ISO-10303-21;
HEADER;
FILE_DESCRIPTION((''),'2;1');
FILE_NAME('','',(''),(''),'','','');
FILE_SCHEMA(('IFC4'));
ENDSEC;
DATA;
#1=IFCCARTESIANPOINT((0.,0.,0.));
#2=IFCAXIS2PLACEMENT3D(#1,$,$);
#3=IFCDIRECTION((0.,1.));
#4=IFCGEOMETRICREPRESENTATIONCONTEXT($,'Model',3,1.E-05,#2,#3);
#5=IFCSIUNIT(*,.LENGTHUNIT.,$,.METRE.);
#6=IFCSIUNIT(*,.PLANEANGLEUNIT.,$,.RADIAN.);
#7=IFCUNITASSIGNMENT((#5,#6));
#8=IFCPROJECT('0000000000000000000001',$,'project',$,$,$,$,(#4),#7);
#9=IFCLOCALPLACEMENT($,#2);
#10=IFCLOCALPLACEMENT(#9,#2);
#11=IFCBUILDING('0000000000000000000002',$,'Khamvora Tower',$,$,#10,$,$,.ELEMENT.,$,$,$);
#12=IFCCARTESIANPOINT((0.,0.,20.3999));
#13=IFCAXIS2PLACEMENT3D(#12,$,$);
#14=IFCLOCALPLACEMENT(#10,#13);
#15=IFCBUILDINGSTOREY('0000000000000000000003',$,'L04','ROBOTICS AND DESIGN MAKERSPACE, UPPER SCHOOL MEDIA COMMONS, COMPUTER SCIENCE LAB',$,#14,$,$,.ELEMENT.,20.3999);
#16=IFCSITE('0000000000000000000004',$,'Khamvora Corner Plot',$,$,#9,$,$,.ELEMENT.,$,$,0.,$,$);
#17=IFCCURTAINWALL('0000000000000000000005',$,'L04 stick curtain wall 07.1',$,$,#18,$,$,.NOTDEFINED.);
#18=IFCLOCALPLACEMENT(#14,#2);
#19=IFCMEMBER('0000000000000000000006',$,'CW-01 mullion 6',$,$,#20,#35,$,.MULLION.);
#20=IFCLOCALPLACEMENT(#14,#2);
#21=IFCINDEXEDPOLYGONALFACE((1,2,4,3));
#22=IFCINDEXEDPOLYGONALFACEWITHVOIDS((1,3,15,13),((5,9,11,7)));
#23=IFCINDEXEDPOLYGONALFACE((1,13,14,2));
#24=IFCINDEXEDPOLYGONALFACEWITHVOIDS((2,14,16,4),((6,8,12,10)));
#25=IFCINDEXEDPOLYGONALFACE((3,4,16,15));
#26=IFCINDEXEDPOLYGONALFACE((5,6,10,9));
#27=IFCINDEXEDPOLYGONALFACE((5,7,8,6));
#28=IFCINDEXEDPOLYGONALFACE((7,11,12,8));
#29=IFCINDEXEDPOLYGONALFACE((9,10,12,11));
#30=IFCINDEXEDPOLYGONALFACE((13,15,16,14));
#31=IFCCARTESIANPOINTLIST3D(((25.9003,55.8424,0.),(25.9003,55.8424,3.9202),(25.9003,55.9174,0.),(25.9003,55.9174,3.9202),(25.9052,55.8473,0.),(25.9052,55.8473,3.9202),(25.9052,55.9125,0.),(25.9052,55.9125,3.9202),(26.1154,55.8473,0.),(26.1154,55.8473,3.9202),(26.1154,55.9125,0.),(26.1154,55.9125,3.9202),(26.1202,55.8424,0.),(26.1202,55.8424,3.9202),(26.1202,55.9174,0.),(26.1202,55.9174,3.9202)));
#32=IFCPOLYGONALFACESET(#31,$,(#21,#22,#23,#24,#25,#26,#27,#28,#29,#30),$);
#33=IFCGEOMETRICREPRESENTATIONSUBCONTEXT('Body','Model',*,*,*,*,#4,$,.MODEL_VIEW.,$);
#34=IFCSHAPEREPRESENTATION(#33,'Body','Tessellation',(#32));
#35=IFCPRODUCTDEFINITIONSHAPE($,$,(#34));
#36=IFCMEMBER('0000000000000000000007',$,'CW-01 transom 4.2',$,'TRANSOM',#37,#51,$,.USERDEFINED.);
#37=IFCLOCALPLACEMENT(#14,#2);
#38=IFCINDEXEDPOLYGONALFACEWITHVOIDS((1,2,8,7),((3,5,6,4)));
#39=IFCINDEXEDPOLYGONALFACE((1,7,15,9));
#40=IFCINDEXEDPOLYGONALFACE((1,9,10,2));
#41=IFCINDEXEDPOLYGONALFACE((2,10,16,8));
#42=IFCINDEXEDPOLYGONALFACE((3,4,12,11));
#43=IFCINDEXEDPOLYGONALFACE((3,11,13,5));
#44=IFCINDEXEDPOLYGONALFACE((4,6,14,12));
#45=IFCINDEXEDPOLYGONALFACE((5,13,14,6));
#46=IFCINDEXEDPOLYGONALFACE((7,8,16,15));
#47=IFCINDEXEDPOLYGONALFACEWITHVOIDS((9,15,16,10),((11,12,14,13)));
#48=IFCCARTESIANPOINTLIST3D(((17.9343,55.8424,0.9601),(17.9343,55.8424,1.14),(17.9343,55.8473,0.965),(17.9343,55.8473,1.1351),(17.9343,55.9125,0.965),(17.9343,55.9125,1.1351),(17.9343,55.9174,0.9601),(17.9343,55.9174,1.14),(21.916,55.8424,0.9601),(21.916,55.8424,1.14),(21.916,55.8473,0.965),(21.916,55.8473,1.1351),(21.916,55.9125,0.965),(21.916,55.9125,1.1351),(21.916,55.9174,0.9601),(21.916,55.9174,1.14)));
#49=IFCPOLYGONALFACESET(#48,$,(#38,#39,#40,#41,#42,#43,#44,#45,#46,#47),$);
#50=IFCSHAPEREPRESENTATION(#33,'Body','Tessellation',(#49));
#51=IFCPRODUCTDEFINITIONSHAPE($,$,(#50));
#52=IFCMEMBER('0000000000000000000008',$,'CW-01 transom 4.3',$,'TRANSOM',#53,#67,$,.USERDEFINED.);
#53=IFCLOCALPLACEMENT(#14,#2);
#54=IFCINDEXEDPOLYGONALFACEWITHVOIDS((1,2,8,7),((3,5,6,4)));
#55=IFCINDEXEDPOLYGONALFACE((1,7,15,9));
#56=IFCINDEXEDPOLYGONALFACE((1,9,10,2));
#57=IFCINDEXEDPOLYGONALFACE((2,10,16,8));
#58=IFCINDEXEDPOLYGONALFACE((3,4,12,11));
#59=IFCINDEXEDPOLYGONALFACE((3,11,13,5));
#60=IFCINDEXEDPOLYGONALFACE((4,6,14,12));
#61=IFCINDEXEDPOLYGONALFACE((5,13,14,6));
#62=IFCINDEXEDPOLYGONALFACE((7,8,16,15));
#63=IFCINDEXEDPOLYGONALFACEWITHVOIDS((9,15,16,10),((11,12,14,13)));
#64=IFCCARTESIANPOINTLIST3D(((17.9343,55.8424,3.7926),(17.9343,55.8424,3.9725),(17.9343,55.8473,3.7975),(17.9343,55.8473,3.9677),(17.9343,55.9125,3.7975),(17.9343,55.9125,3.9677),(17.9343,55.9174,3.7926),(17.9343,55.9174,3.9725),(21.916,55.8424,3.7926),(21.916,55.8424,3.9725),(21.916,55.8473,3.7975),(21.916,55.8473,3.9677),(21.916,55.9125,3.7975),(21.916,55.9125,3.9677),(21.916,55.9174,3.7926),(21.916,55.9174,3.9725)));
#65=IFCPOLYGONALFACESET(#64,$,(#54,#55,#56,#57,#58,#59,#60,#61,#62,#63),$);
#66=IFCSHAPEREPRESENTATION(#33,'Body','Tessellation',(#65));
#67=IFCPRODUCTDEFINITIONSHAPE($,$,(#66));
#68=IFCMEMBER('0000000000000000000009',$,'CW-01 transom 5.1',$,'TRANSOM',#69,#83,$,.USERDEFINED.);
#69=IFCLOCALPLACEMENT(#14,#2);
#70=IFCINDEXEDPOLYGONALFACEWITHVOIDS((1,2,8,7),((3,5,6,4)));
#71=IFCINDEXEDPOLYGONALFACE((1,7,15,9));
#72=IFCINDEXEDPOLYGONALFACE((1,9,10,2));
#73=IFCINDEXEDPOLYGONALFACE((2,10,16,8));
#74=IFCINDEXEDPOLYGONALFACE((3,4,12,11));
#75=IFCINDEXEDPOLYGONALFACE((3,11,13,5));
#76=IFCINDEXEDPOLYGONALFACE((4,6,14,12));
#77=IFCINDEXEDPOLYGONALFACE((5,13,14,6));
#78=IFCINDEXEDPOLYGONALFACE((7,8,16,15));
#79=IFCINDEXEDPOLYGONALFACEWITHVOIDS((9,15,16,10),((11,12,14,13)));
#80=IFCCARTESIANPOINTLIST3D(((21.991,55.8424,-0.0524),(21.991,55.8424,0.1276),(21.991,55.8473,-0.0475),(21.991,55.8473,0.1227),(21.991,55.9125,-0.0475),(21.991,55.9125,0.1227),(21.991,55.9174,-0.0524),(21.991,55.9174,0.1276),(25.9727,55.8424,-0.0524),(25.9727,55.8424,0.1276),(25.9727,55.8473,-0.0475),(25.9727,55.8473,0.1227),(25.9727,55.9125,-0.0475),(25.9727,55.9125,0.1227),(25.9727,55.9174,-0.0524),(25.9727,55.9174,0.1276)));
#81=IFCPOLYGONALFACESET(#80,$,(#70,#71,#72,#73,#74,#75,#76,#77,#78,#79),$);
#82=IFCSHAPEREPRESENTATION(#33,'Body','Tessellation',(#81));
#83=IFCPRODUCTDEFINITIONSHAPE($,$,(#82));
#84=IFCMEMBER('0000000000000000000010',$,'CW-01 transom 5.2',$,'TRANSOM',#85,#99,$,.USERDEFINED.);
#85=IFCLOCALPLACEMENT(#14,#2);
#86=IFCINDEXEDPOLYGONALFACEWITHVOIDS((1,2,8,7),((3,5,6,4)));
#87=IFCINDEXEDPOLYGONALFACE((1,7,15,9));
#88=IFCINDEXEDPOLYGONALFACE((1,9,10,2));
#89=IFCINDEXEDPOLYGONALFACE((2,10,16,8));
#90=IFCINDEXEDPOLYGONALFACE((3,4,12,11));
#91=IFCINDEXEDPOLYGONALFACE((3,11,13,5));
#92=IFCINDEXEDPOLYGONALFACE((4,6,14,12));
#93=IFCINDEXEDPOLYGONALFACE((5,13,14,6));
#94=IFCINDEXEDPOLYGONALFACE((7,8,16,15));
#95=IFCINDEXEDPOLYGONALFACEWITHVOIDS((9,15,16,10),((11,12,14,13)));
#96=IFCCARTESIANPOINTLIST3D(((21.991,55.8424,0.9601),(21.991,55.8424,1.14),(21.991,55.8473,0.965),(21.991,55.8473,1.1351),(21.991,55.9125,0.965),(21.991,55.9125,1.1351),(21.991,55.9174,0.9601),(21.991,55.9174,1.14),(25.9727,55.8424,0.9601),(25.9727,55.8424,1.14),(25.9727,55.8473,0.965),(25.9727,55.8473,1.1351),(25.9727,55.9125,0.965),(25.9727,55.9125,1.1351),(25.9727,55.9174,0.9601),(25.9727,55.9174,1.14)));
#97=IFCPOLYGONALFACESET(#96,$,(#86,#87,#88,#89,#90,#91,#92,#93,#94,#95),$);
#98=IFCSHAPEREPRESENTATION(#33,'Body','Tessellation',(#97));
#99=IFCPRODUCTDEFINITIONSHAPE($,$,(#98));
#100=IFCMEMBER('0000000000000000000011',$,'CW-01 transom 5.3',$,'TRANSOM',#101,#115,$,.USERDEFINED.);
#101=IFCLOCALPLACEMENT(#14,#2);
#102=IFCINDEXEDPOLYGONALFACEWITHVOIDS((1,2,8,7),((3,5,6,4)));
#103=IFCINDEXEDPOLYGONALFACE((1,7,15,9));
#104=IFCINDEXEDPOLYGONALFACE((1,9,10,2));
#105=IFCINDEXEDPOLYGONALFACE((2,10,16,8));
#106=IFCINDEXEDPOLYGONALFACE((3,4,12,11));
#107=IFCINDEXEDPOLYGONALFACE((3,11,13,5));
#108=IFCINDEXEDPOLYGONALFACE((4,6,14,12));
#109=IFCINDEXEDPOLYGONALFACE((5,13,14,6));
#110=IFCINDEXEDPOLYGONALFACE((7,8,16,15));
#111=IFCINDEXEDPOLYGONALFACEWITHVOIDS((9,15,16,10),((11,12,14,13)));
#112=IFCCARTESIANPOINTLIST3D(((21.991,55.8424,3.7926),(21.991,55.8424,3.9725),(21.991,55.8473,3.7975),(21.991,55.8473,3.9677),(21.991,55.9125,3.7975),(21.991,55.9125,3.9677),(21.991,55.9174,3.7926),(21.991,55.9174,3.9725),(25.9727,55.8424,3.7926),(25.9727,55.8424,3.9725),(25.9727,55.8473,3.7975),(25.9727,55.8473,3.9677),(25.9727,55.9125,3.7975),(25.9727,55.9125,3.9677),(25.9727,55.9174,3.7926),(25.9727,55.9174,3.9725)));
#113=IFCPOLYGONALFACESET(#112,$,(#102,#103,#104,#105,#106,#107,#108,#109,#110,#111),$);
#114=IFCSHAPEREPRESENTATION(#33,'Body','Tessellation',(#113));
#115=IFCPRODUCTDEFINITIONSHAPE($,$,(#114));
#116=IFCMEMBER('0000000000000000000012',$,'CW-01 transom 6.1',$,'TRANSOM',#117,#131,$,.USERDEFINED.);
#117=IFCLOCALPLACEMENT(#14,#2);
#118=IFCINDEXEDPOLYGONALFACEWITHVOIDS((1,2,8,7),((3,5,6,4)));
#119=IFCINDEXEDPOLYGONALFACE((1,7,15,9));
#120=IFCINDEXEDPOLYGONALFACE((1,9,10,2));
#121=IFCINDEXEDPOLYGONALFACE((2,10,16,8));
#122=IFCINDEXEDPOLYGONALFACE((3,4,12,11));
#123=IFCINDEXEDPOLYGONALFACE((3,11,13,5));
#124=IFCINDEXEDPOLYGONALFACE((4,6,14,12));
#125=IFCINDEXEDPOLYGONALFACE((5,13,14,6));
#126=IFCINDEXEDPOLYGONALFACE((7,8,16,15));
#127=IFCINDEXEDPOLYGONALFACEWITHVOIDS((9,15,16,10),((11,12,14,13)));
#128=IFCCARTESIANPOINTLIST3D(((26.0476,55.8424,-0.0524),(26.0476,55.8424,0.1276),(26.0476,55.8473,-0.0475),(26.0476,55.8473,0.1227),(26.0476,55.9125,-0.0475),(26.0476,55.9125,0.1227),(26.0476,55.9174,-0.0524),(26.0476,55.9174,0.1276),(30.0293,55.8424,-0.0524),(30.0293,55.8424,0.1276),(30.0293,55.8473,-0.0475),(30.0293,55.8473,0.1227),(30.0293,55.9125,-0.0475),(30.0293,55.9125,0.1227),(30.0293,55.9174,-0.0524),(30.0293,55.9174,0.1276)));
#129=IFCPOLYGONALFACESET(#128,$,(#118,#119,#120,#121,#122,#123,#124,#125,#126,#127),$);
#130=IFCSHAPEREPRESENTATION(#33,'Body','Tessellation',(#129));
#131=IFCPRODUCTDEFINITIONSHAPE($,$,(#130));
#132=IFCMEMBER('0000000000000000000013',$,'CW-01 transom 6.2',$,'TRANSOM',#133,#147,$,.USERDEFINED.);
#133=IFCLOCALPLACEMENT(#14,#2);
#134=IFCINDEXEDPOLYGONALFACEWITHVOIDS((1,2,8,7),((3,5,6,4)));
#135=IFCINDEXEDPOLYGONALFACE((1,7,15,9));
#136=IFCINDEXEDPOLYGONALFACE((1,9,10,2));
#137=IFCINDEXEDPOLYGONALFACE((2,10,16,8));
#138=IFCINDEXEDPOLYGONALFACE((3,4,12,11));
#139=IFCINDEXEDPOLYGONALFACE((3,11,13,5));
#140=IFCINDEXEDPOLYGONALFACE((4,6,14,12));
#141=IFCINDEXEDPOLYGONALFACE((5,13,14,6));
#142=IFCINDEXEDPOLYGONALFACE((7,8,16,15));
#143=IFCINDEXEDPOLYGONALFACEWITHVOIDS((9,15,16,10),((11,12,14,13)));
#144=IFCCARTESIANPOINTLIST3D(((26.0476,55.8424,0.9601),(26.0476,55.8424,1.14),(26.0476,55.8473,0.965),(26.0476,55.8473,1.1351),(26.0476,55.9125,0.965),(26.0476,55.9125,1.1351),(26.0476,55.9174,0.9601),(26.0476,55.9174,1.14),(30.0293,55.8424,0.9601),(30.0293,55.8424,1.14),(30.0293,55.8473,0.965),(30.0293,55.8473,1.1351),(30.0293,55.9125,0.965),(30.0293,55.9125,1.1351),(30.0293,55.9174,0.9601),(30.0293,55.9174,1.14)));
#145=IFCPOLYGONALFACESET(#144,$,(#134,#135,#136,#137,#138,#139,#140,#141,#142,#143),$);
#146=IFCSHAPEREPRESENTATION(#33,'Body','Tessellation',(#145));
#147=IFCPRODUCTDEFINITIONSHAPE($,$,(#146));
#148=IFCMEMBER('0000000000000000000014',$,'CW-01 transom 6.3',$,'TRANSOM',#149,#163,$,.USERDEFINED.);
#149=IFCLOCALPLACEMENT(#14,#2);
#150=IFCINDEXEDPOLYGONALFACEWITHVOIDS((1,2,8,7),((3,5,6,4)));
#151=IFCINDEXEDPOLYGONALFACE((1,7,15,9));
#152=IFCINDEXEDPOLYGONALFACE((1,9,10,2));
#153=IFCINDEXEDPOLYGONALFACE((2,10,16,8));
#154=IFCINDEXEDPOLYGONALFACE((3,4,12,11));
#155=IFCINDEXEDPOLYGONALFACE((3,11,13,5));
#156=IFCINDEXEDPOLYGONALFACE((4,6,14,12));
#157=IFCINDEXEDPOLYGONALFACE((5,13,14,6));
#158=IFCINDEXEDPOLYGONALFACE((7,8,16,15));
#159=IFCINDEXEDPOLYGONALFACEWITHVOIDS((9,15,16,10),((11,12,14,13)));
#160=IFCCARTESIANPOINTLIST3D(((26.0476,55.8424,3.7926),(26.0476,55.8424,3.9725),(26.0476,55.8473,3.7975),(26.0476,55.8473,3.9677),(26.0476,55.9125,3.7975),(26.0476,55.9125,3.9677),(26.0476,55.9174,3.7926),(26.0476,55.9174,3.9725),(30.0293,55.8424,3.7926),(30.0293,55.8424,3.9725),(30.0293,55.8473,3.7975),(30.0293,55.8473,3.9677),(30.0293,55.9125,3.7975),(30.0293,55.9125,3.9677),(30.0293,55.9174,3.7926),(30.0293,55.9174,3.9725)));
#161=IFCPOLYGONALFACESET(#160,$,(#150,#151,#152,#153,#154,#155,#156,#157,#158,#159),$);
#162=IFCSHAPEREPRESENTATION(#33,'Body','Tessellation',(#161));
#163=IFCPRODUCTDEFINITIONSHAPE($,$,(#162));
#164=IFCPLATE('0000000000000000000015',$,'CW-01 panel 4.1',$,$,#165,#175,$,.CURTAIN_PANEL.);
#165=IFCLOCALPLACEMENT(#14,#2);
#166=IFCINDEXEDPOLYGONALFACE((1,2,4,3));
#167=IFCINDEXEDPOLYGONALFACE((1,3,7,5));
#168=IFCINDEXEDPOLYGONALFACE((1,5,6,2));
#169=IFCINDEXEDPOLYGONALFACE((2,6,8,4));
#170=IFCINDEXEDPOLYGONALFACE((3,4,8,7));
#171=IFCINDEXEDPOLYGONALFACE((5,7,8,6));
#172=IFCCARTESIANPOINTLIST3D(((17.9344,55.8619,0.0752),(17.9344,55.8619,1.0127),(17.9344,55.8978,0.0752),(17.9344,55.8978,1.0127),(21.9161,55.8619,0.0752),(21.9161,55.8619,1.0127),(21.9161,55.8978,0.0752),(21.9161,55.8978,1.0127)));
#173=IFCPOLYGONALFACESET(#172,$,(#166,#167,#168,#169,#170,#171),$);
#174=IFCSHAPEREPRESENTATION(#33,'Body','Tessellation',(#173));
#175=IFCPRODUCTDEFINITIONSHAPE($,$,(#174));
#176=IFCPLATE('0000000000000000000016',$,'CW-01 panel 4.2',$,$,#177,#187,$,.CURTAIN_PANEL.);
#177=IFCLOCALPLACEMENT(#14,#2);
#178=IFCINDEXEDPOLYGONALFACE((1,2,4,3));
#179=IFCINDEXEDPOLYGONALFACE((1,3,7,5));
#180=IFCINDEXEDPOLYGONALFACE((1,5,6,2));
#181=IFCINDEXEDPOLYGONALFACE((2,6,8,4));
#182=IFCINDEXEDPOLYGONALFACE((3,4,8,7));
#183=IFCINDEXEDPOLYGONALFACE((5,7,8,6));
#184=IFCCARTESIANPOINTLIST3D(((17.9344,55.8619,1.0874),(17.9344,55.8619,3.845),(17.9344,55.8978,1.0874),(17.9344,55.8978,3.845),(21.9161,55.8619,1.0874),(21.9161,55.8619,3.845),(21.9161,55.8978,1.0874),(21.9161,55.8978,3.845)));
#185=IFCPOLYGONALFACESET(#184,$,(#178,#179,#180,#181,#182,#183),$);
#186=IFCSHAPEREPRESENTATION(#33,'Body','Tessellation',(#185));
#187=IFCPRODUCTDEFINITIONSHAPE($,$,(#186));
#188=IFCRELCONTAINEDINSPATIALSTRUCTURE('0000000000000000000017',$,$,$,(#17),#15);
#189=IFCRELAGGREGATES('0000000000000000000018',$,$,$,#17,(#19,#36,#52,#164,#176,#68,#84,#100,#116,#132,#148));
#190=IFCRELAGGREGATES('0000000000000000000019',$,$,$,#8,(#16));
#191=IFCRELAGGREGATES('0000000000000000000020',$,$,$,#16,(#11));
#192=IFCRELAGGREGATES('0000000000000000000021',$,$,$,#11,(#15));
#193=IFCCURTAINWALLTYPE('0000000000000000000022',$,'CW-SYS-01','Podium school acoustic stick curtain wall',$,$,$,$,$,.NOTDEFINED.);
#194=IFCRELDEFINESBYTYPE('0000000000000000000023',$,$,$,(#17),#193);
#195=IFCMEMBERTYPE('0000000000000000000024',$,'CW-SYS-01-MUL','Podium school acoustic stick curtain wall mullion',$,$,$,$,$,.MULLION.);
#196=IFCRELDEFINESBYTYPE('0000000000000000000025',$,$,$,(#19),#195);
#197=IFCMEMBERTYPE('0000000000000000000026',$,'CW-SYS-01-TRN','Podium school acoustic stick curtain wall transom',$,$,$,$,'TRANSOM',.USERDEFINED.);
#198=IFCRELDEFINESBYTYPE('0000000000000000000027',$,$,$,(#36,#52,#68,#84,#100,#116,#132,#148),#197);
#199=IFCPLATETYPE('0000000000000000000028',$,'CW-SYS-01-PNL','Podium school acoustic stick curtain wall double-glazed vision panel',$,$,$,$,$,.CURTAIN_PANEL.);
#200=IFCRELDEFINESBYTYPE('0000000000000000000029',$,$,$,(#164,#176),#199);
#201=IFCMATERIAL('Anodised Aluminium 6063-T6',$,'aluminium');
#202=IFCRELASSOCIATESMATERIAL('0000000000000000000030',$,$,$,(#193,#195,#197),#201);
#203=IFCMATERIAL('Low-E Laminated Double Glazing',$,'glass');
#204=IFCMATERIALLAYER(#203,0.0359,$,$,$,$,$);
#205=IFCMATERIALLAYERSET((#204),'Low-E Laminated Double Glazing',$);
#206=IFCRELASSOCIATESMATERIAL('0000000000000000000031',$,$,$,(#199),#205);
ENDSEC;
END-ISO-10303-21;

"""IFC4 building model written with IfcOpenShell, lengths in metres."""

from ifc_helpers import new_model, si_unit, direction, frame, origin, origin_2d, place, context, subcontext, project, spatial, rectangle, hollow_rectangle, extrude, material, layer, layer_set, material_profile, profile_set, type_object, element, aggregate, save


model = new_model("IFC4")

# Units and contexts
model_context = context("Model", 3, precision=1e-05, world=origin(), true_north=direction((0.0, 1.0)))
body_context = subcontext(model_context, "Body", "Model", "MODEL_VIEW")
ifc_project = project(units=[si_unit("LENGTHUNIT", "METRE"), si_unit("PLANEANGLEUNIT", "RADIAN")], contexts=[model_context])

# Site, building, storey
site_placement = place(None, origin())
site = spatial("IfcSite", under=ifc_project, at=site_placement, Name="Khamvora Corner Plot", CompositionType="ELEMENT", RefElevation=0.0)
building_placement = place(site_placement, origin())
building = spatial("IfcBuilding", under=site, at=building_placement, Name="Khamvora Tower", CompositionType="ELEMENT")
storey_placement = place(building_placement, frame((0.0, 0.0, 20.3999)))
storey = spatial("IfcBuildingStorey", under=building, at=storey_placement, Name="L04", Description="ROBOTICS AND DESIGN MAKERSPACE, UPPER SCHOOL MEDIA COMMONS, COMPUTER SCIENCE LAB", CompositionType="ELEMENT", Elevation=20.3999)

# Curtain wall, members, plates
ifc_material_1 = material(Name="Anodised Aluminium 6063-T6", Category="aluminium")
curtain_wall_type = type_object("IfcCurtainWallType", Name="CW-SYS-01", Description="Podium school acoustic stick curtain wall", PredefinedType="NOTDEFINED", material=ifc_material_1)
curtain_wall_placement = place(storey_placement, origin())
curtain_wall = element("IfcCurtainWall", 1, at=curtain_wall_placement, inside=storey, type_object=curtain_wall_type, Name="L04 stick curtain wall 07.1", PredefinedType="NOTDEFINED")
ifc_material_profile_1 = material_profile(ifc_material_1, hollow_rectangle(XDim=0.075, YDim=0.22, WallThickness=0.0049, at=origin_2d()), Name="MUL75x220x5")
ifc_profile_set_1 = profile_set([ifc_material_profile_1], Name="Anodised Aluminium 6063-T6")
member_type_1 = type_object("IfcMemberType", Name="CW-SYS-01-MUL", Description="Podium school acoustic stick curtain wall mullion", PredefinedType="MULLION", material=ifc_profile_set_1)
member_1_placement = place(storey_placement, frame((26.0103, 55.8799, 0.0), z_axis=(0.0, 0.0, 1.0), x_axis=(0.0, 1.0, 0.0)))
member_1 = element("IfcMember", 2, at=member_1_placement, type_object=member_type_1, Name="CW-01 mullion 6", PredefinedType="MULLION", context=body_context, shape_type="SweptSolid", body=[
    extrude(hollow_rectangle(XDim=0.075, YDim=0.22, WallThickness=0.0049, at=origin_2d()), origin(), (0.0, 0.0, 1.0), 3.9202),
])
ifc_material_profile_2 = material_profile(ifc_material_1, hollow_rectangle(XDim=0.075, YDim=0.1799, WallThickness=0.0049, at=origin_2d()), Name="TRN75x180x5")
ifc_profile_set_2 = profile_set([ifc_material_profile_2], Name="Anodised Aluminium 6063-T6")
member_type_2 = type_object("IfcMemberType", Name="CW-SYS-01-TRN", Description="Podium school acoustic stick curtain wall transom", ElementType="TRANSOM", PredefinedType="USERDEFINED", material=ifc_profile_set_2)
member_2_placement = place(storey_placement, frame((17.9343, 55.8799, 1.05), z_axis=(1.0, 0.0, 0.0), x_axis=(0.0, 1.0, 0.0)))
member_2 = element("IfcMember", 3, at=member_2_placement, type_object=member_type_2, Name="CW-01 transom 4.2", ObjectType="TRANSOM", PredefinedType="USERDEFINED", context=body_context, shape_type="SweptSolid", body=[
    extrude(hollow_rectangle(XDim=0.075, YDim=0.1799, WallThickness=0.0049, at=origin_2d()), origin(), (0.0, 0.0, 1.0), 3.9817),
])
member_3_placement = place(storey_placement, frame((17.9343, 55.8799, 3.8826), z_axis=(1.0, 0.0, 0.0), x_axis=(0.0, 1.0, 0.0)))
member_3 = element("IfcMember", 4, at=member_3_placement, type_object=member_type_2, Name="CW-01 transom 4.3", ObjectType="TRANSOM", PredefinedType="USERDEFINED", context=body_context, shape_type="SweptSolid", body=[
    extrude(hollow_rectangle(XDim=0.075, YDim=0.1799, WallThickness=0.0049, at=origin_2d()), origin(), (0.0, 0.0, 1.0), 3.9817),
])
member_4_placement = place(storey_placement, frame((21.991, 55.8799, 0.0376), z_axis=(1.0, 0.0, 0.0), x_axis=(0.0, 1.0, 0.0)))
member_4 = element("IfcMember", 5, at=member_4_placement, type_object=member_type_2, Name="CW-01 transom 5.1", ObjectType="TRANSOM", PredefinedType="USERDEFINED", context=body_context, shape_type="SweptSolid", body=[
    extrude(hollow_rectangle(XDim=0.075, YDim=0.1799, WallThickness=0.0049, at=origin_2d()), origin(), (0.0, 0.0, 1.0), 3.9817),
])
member_5_placement = place(storey_placement, frame((21.991, 55.8799, 1.05), z_axis=(1.0, 0.0, 0.0), x_axis=(0.0, 1.0, 0.0)))
member_5 = element("IfcMember", 6, at=member_5_placement, type_object=member_type_2, Name="CW-01 transom 5.2", ObjectType="TRANSOM", PredefinedType="USERDEFINED", context=body_context, shape_type="SweptSolid", body=[
    extrude(hollow_rectangle(XDim=0.075, YDim=0.1799, WallThickness=0.0049, at=origin_2d()), origin(), (0.0, 0.0, 1.0), 3.9817),
])
member_6_placement = place(storey_placement, frame((21.991, 55.8799, 3.8826), z_axis=(1.0, 0.0, 0.0), x_axis=(0.0, 1.0, 0.0)))
member_6 = element("IfcMember", 7, at=member_6_placement, type_object=member_type_2, Name="CW-01 transom 5.3", ObjectType="TRANSOM", PredefinedType="USERDEFINED", context=body_context, shape_type="SweptSolid", body=[
    extrude(hollow_rectangle(XDim=0.075, YDim=0.1799, WallThickness=0.0049, at=origin_2d()), origin(), (0.0, 0.0, 1.0), 3.9817),
])
member_7_placement = place(storey_placement, frame((26.0476, 55.8799, 0.0376), z_axis=(1.0, 0.0, 0.0), x_axis=(0.0, 1.0, 0.0)))
member_7 = element("IfcMember", 8, at=member_7_placement, type_object=member_type_2, Name="CW-01 transom 6.1", ObjectType="TRANSOM", PredefinedType="USERDEFINED", context=body_context, shape_type="SweptSolid", body=[
    extrude(hollow_rectangle(XDim=0.075, YDim=0.1799, WallThickness=0.0049, at=origin_2d()), origin(), (0.0, 0.0, 1.0), 3.9817),
])
member_8_placement = place(storey_placement, frame((26.0476, 55.8799, 1.05), z_axis=(1.0, 0.0, 0.0), x_axis=(0.0, 1.0, 0.0)))
member_8 = element("IfcMember", 9, at=member_8_placement, type_object=member_type_2, Name="CW-01 transom 6.2", ObjectType="TRANSOM", PredefinedType="USERDEFINED", context=body_context, shape_type="SweptSolid", body=[
    extrude(hollow_rectangle(XDim=0.075, YDim=0.1799, WallThickness=0.0049, at=origin_2d()), origin(), (0.0, 0.0, 1.0), 3.9817),
])
member_9_placement = place(storey_placement, frame((26.0476, 55.8799, 3.8826), z_axis=(1.0, 0.0, 0.0), x_axis=(0.0, 1.0, 0.0)))
member_9 = element("IfcMember", 10, at=member_9_placement, type_object=member_type_2, Name="CW-01 transom 6.3", ObjectType="TRANSOM", PredefinedType="USERDEFINED", context=body_context, shape_type="SweptSolid", body=[
    extrude(hollow_rectangle(XDim=0.075, YDim=0.1799, WallThickness=0.0049, at=origin_2d()), origin(), (0.0, 0.0, 1.0), 3.9817),
])
ifc_material_2 = material(Name="Low-E Laminated Double Glazing", Category="glass")
ifc_layer_1 = layer(ifc_material_2, 0.0359)
ifc_layer_set_1 = layer_set([ifc_layer_1], Name="Low-E Laminated Double Glazing")
plate_type = type_object("IfcPlateType", Name="CW-SYS-01-PNL", Description="Podium school acoustic stick curtain wall double-glazed vision panel", PredefinedType="CURTAIN_PANEL", material=ifc_layer_set_1)
plate_1_placement = place(storey_placement, frame((19.9253, 55.8799, 0.0752), z_axis=(0.0, 0.0, 1.0), x_axis=(1.0, 0.0, 0.0)))
plate_1 = element("IfcPlate", 11, at=plate_1_placement, type_object=plate_type, Name="CW-01 panel 4.1", PredefinedType="CURTAIN_PANEL", context=body_context, shape_type="SweptSolid", body=[
    extrude(rectangle(XDim=3.9817, YDim=0.0359, at=origin_2d()), origin(), (0.0, 0.0, 1.0), 0.9375),
])
plate_2_placement = place(storey_placement, frame((19.9253, 55.8799, 1.0874), z_axis=(0.0, 0.0, 1.0), x_axis=(1.0, 0.0, 0.0)))
plate_2 = element("IfcPlate", 12, at=plate_2_placement, type_object=plate_type, Name="CW-01 panel 4.2", PredefinedType="CURTAIN_PANEL", context=body_context, shape_type="SweptSolid", body=[
    extrude(rectangle(XDim=3.9817, YDim=0.0359, at=origin_2d()), origin(), (0.0, 0.0, 1.0), 2.7576),
])
aggregate(curtain_wall, [member_1, member_2, member_3, plate_1, plate_2, member_4, member_5, member_6, member_7, member_8, member_9])

save(model, "model.ifc")
